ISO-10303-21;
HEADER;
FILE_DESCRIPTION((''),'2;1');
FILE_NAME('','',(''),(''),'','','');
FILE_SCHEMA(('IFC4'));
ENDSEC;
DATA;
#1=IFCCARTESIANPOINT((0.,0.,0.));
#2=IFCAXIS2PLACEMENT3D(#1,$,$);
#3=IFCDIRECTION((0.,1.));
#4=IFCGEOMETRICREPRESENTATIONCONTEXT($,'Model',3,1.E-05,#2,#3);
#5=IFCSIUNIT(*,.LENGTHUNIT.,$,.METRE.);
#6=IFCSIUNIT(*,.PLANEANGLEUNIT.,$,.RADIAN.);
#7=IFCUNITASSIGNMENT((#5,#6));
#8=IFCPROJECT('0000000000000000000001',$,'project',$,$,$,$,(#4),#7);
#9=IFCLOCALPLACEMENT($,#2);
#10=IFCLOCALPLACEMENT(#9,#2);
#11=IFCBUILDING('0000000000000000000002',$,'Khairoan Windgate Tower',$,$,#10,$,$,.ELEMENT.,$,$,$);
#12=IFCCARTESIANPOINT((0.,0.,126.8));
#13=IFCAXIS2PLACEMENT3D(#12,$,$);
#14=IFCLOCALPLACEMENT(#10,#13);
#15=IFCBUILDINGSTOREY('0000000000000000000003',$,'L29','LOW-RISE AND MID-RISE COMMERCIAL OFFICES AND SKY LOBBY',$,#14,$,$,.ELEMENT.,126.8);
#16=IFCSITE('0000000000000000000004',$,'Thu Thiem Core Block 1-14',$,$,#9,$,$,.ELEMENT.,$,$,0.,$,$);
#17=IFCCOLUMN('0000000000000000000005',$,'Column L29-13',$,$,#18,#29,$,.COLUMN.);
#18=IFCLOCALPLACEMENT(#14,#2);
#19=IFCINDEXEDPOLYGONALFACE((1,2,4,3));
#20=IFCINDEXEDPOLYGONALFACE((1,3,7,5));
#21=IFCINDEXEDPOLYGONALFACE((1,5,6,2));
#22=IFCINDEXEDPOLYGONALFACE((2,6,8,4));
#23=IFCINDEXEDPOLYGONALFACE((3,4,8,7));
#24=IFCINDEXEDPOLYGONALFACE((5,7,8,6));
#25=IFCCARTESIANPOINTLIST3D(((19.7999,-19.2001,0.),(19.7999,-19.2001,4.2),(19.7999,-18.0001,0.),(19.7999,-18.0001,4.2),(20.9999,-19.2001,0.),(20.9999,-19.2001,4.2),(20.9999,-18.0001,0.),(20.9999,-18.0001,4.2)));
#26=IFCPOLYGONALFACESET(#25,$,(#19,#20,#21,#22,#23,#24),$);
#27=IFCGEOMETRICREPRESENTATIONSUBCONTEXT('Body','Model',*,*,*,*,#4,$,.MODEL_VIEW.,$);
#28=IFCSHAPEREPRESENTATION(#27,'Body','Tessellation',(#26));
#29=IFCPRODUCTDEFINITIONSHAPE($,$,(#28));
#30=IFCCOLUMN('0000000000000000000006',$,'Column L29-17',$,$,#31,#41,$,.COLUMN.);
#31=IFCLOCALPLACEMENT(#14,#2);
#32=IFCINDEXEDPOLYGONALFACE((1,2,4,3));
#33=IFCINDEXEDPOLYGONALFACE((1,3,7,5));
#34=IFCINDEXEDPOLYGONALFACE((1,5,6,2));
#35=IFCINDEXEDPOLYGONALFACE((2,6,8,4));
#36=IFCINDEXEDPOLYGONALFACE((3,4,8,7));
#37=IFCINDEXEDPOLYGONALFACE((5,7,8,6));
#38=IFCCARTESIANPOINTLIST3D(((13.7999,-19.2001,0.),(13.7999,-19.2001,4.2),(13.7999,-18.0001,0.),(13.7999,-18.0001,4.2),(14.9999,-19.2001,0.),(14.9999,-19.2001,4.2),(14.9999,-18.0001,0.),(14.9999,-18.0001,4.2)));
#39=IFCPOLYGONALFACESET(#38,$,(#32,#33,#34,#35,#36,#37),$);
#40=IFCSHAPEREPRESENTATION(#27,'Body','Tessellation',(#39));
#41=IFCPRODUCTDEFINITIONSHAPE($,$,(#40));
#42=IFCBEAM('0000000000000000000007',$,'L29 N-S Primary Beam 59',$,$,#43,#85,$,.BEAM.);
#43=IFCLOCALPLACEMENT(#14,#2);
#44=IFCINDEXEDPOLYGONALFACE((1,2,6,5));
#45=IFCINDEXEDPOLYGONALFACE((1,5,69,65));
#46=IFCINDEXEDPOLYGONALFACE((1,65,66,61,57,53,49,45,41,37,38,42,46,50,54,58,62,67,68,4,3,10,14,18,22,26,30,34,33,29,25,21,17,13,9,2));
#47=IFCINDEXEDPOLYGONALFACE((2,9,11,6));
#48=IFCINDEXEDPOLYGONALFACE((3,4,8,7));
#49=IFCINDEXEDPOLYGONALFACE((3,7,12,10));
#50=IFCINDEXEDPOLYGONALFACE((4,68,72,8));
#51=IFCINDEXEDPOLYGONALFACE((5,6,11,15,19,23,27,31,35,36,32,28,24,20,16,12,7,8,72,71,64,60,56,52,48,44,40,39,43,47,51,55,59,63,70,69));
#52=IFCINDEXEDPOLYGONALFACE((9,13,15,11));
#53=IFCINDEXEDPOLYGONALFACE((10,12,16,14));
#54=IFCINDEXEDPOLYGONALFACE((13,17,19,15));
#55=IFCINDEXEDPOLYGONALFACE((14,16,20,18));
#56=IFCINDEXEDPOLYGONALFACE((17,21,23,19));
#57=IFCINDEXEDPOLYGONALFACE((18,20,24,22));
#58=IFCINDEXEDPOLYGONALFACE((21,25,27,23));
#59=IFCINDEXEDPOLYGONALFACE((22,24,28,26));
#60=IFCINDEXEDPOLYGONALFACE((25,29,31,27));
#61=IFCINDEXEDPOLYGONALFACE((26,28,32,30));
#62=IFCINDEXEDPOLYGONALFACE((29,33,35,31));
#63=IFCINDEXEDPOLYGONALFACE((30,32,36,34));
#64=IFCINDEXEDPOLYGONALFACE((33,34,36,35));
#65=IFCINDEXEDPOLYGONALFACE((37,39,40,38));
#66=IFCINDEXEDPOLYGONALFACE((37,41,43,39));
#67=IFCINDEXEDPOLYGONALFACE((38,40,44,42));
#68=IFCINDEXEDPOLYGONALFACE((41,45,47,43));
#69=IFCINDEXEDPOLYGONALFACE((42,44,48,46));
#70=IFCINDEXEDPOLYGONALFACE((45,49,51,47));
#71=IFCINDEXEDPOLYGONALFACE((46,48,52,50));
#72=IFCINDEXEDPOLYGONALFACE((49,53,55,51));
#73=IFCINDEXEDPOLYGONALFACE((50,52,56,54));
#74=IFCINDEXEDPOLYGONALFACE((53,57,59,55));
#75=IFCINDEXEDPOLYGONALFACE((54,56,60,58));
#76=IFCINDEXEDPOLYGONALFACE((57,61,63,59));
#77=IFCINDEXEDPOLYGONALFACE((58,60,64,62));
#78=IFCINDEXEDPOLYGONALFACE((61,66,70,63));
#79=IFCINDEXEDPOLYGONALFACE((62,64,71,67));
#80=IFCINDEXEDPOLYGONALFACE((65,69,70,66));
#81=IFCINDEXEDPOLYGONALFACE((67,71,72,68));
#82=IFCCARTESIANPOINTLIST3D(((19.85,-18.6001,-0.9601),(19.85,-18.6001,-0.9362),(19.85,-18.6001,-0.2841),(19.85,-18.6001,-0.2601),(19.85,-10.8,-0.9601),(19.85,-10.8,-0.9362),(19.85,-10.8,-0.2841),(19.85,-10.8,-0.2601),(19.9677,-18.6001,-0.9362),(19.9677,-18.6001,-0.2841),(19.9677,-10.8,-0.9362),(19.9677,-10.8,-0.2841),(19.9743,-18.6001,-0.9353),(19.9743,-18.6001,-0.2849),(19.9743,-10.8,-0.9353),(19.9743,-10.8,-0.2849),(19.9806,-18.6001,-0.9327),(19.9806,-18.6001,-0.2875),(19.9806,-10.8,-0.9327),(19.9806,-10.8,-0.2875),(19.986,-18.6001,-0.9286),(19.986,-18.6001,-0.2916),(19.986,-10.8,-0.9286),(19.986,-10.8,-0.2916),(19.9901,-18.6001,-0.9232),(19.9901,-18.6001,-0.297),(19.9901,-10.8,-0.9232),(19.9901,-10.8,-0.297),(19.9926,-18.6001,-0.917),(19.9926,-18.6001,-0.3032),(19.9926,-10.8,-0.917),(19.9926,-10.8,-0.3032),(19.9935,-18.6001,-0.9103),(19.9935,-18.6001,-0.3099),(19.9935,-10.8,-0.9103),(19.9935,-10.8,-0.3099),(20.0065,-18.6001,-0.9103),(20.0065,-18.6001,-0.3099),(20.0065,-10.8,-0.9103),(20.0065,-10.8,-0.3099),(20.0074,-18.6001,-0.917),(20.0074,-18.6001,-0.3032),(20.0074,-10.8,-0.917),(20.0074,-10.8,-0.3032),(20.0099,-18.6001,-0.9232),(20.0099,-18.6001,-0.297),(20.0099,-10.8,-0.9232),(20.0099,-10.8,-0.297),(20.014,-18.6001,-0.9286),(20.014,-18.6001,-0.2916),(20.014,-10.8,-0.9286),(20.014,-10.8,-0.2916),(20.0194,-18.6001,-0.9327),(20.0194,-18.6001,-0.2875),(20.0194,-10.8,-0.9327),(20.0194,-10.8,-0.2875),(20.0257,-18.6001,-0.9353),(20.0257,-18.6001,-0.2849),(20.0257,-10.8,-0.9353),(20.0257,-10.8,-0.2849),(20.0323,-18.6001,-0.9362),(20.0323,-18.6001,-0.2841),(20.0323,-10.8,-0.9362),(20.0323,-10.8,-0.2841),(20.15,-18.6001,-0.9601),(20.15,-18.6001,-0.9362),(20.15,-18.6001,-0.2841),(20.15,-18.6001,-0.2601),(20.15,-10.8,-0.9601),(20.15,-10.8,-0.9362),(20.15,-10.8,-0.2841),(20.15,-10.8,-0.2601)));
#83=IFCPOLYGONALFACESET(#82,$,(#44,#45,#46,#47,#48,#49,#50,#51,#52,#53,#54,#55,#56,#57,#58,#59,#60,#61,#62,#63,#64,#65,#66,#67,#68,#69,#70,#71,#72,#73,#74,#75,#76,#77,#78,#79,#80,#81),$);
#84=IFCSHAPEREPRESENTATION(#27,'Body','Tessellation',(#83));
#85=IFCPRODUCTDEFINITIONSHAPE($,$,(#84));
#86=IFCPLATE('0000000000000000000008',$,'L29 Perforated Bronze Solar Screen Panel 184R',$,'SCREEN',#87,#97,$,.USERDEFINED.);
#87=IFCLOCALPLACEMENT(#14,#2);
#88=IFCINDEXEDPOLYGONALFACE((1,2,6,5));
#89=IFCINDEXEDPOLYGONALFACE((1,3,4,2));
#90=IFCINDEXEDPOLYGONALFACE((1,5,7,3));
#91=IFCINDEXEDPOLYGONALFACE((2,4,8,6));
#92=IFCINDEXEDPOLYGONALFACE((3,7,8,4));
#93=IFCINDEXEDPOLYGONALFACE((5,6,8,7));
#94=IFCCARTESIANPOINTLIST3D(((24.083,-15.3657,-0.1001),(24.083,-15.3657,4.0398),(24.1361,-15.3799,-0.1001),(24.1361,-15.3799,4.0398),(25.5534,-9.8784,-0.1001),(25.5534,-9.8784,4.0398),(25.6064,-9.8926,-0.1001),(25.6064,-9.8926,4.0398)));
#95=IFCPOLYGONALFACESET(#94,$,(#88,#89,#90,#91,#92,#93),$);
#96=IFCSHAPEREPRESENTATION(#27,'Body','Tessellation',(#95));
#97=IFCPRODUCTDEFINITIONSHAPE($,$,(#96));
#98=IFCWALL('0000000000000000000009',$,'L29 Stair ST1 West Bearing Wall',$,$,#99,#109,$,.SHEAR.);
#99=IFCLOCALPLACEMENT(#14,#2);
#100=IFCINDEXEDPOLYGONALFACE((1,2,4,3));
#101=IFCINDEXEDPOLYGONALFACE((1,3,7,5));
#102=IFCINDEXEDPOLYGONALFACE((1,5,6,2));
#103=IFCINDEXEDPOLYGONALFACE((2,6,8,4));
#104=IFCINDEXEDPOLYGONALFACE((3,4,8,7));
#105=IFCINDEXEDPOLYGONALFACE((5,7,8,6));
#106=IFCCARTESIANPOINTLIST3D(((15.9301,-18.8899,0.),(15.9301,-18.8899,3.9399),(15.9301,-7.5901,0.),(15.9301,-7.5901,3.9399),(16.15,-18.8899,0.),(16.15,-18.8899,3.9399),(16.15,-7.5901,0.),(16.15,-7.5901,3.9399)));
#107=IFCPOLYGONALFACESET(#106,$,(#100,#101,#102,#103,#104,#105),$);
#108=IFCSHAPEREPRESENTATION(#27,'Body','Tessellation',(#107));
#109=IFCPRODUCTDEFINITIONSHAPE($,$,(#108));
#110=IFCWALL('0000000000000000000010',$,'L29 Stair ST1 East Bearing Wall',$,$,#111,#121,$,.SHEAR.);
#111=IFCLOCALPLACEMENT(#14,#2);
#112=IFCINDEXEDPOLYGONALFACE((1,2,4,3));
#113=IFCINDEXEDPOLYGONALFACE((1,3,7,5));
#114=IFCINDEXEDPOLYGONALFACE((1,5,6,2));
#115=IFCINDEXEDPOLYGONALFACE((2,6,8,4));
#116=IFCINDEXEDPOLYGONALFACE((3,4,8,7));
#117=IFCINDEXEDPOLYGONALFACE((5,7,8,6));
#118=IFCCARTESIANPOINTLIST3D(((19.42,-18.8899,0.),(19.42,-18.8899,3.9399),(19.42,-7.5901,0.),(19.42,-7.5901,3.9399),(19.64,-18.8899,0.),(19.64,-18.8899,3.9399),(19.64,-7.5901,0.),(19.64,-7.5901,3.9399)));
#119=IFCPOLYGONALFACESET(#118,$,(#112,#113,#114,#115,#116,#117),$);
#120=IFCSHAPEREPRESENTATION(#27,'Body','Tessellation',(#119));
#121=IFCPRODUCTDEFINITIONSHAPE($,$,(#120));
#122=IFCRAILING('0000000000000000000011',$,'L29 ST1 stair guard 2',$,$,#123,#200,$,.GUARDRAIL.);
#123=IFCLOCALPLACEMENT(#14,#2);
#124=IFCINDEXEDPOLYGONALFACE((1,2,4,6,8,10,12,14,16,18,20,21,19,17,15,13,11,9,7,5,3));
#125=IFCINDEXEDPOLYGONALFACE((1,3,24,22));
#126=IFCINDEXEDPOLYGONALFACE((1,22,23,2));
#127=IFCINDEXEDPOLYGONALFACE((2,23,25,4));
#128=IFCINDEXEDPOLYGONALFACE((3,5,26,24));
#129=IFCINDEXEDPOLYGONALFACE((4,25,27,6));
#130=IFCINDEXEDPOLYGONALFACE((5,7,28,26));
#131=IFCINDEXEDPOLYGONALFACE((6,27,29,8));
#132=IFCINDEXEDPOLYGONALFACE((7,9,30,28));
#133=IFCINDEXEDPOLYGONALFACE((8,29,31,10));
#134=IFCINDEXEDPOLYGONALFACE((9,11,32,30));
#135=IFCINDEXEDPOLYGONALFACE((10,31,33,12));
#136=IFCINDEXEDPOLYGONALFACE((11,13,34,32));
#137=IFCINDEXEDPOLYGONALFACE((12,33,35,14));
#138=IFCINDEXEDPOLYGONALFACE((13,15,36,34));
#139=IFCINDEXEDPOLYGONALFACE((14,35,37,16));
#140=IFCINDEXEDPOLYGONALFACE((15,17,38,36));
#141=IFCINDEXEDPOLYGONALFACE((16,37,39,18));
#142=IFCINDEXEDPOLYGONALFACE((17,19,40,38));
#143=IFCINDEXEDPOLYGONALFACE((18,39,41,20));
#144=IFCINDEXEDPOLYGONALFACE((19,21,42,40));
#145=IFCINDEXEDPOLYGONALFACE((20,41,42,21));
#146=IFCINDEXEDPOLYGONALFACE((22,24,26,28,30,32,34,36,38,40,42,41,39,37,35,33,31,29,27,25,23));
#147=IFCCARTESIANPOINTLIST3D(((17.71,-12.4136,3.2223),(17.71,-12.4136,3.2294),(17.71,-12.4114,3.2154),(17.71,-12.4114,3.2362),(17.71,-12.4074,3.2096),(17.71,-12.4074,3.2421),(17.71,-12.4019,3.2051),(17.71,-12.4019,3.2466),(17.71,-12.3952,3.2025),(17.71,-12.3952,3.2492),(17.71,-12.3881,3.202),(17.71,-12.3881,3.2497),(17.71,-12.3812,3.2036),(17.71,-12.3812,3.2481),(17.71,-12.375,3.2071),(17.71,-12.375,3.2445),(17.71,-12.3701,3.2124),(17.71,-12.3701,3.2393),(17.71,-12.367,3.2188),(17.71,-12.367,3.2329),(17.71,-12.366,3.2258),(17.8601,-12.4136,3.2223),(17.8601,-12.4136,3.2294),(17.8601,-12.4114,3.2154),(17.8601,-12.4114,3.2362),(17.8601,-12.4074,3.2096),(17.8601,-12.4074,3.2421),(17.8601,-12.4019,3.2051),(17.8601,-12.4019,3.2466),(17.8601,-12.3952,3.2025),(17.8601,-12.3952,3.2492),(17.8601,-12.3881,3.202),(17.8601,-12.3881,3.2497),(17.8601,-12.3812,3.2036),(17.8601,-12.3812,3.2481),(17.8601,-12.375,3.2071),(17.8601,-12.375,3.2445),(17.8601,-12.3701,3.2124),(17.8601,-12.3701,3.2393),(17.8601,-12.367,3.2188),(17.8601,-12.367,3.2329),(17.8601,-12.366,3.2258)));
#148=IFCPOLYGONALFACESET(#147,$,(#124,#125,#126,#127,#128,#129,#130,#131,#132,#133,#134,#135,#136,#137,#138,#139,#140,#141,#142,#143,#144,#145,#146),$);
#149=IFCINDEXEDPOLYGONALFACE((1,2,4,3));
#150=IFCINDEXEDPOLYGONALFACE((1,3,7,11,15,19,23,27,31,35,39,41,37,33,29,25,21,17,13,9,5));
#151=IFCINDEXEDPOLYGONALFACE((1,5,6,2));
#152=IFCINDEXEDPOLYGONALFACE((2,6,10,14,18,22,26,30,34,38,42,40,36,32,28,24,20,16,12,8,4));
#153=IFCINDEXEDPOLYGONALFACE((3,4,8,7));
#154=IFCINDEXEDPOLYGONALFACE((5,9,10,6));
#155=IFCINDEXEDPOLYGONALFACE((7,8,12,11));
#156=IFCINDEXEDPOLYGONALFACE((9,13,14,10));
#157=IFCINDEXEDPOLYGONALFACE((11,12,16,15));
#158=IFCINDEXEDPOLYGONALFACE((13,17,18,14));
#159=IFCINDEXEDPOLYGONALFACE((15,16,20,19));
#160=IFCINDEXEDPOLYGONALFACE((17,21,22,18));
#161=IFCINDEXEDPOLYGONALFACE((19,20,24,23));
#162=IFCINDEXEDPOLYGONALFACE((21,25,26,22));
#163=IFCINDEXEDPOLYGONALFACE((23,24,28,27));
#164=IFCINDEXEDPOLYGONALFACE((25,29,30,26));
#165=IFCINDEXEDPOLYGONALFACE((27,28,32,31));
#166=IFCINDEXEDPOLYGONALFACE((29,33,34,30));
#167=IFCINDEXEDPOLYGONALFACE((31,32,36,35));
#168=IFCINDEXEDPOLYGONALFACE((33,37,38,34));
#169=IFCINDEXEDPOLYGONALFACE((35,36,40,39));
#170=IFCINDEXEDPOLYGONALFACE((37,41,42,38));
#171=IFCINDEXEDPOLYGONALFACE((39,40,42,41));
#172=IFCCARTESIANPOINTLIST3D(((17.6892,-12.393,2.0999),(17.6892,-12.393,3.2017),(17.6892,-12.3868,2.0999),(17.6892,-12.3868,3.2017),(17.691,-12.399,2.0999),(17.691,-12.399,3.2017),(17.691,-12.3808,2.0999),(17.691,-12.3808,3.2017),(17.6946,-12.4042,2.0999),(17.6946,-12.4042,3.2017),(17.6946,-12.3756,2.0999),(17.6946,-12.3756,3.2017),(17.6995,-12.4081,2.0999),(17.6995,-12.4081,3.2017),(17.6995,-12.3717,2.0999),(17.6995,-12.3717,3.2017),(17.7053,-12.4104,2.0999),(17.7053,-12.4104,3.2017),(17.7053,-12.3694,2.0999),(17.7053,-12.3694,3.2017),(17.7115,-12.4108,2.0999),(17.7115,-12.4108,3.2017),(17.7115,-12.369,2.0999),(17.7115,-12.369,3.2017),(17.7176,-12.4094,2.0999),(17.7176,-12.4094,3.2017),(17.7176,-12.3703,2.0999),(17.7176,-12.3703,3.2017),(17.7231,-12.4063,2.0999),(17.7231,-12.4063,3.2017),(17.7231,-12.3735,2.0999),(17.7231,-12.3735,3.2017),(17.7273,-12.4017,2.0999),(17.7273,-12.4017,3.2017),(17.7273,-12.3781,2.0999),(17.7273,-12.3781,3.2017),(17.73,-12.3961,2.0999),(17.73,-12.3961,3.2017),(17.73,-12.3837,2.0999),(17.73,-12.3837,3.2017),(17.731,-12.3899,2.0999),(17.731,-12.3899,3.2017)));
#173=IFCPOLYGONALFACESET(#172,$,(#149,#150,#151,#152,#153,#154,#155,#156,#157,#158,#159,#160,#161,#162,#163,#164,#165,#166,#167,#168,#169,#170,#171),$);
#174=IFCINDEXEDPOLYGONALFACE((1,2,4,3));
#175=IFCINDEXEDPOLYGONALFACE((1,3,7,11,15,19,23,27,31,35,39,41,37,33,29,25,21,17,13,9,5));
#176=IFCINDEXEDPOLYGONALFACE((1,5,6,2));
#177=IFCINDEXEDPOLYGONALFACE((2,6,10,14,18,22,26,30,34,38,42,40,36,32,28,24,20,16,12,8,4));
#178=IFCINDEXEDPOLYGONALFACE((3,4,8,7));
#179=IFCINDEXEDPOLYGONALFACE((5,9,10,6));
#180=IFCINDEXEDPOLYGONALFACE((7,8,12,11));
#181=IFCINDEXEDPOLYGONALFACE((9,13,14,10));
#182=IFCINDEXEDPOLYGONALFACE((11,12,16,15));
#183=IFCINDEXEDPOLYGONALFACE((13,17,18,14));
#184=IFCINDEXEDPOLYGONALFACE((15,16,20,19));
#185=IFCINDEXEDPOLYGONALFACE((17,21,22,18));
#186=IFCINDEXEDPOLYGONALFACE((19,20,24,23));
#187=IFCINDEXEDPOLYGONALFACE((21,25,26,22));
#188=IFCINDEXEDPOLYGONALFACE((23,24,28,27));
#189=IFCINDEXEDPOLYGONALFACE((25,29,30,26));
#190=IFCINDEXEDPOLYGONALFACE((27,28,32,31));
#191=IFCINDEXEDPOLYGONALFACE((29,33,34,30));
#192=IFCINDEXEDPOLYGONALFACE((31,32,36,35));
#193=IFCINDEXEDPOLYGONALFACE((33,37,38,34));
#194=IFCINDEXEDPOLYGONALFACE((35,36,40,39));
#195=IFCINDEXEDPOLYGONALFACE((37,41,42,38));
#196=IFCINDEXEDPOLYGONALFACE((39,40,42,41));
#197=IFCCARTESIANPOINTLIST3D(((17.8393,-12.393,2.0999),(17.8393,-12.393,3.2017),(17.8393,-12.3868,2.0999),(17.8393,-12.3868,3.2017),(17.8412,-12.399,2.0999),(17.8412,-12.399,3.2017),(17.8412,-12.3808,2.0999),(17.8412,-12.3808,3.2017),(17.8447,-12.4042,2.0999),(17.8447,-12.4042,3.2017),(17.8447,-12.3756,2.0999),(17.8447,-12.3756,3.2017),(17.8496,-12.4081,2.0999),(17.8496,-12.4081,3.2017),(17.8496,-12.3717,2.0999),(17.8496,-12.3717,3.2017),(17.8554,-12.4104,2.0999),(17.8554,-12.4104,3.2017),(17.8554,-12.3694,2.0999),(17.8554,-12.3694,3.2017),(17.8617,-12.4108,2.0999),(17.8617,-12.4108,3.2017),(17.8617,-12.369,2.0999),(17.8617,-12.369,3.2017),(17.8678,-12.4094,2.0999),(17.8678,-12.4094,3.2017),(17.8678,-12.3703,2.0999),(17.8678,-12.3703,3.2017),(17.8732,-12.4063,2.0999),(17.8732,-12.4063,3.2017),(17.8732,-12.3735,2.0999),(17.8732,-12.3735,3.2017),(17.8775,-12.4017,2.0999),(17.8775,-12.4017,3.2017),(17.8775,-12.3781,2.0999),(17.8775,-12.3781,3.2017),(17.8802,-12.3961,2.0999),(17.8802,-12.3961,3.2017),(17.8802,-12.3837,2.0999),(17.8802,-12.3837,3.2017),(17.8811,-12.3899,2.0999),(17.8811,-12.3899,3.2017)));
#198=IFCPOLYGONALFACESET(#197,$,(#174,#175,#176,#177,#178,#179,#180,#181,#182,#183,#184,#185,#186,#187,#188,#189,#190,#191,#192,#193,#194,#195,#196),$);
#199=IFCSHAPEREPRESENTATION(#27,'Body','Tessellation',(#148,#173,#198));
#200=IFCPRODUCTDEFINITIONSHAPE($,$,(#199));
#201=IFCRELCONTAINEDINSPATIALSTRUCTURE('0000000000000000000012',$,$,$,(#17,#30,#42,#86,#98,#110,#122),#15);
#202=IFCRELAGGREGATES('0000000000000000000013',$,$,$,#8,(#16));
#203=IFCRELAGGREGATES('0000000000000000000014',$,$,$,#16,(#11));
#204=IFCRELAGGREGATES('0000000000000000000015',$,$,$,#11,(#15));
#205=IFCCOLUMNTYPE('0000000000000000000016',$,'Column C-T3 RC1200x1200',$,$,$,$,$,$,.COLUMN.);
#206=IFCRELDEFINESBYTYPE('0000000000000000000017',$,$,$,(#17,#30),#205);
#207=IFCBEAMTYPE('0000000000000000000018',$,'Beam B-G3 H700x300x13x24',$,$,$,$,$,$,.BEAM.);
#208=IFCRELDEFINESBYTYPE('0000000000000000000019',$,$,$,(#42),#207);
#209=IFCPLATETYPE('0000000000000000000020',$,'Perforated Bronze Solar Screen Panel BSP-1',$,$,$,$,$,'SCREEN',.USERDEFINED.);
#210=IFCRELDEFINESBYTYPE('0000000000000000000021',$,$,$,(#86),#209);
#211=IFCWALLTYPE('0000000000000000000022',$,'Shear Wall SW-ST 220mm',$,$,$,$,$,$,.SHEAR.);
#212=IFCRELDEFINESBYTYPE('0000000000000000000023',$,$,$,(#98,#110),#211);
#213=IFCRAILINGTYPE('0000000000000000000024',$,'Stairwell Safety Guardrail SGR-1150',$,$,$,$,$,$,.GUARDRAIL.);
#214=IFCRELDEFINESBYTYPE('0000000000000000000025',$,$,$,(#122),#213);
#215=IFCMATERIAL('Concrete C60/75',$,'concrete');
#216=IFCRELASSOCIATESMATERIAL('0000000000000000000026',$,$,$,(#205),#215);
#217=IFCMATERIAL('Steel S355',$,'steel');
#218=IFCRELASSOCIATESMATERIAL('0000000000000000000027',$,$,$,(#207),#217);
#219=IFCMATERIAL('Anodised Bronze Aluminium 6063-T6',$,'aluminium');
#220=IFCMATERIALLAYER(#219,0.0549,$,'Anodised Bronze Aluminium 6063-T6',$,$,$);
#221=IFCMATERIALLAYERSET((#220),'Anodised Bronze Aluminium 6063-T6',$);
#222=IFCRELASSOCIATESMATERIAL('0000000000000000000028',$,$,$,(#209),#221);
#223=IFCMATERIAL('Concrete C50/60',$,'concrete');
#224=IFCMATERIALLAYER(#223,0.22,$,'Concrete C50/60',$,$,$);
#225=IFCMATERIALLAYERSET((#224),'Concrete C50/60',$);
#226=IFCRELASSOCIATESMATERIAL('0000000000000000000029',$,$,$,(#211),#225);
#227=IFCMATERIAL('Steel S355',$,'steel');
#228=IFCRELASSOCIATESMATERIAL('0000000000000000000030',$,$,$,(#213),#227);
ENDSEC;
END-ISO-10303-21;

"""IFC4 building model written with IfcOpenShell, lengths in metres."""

from ifc_helpers import new_model, si_unit, direction, frame, frame_2d, origin, origin_2d, place, context, subcontext, project, spatial, rectangle, circle, i_section, extrude, material, layer, layer_set, material_profile, profile_set, type_object, element, save


model = new_model("IFC4")

# Units and contexts
model_context = context("Model", 3, precision=1e-05, world=origin(), true_north=direction((0.0, 1.0)))
body_context = subcontext(model_context, "Body", "Model", "MODEL_VIEW")
ifc_project = project(units=[si_unit("LENGTHUNIT", "METRE"), si_unit("PLANEANGLEUNIT", "RADIAN")], contexts=[model_context])

# Site, building, storey
site_placement = place(None, origin())
site = spatial("IfcSite", under=ifc_project, at=site_placement, Name="Thu Thiem Core Block 1-14", CompositionType="ELEMENT", RefElevation=0.0)
building_placement = place(site_placement, origin())
building = spatial("IfcBuilding", under=site, at=building_placement, Name="Khairoan Windgate Tower", CompositionType="ELEMENT")
storey_placement = place(building_placement, frame((0.0, 0.0, 126.8)))
storey = spatial("IfcBuildingStorey", under=building, at=storey_placement, Name="L29", Description="LOW-RISE AND MID-RISE COMMERCIAL OFFICES AND SKY LOBBY", CompositionType="ELEMENT", Elevation=126.8)

# Columns
ifc_material_1 = material(Name="Concrete C60/75", Category="concrete")
ifc_material_profile_1 = material_profile(ifc_material_1, rectangle(XDim=1.2, YDim=1.2, at=origin_2d()))
ifc_profile_set_1 = profile_set([ifc_material_profile_1], Name="Concrete C60/75")
column_type = type_object("IfcColumnType", Name="Column C-T3 RC1200x1200", PredefinedType="COLUMN", material=ifc_profile_set_1)
for number, where, z_axis, x_axis, name in (
    (1, (20.3999, -18.6001, 0.0), (0.0, 0.0, 1.0), (1.0, 0.0, 0.0), "Column L29-13"),
    (2, (14.3999, -18.6001, 0.0), (0.0, 0.0, 1.0), (1.0, 0.0, 0.0), "Column L29-17"),
):
    element("IfcColumn", number, at=place(storey_placement, frame(where, z_axis=z_axis, x_axis=x_axis)), inside=storey, type_object=column_type, Name=name, PredefinedType="COLUMN", context=body_context, shape_type="SweptSolid", body=[
        extrude(rectangle(XDim=1.2, YDim=1.2, at=origin_2d()), origin(), (0.0, 0.0, 1.0), 4.2),
    ])

# Beam
ifc_material_2 = material(Name="Steel S355", Category="steel")
ifc_material_profile_2 = material_profile(ifc_material_2, i_section(OverallWidth=0.3, OverallDepth=0.7, WebThickness=0.0129, FlangeThickness=0.0239, FilletRadius=0.0259, at=origin_2d()))
ifc_profile_set_2 = profile_set([ifc_material_profile_2], Name="Steel S355")
beam_type = type_object("IfcBeamType", Name="Beam B-G3 H700x300x13x24", PredefinedType="BEAM", material=ifc_profile_set_2)
beam_placement = place(storey_placement, frame((20.0, -18.6001, -0.6101), z_axis=(0.0, 1.0, 0.0), x_axis=(-1.0, 0.0, 0.0)))
element("IfcBeam", 3, at=beam_placement, inside=storey, type_object=beam_type, Name="L29 N-S Primary Beam 59", PredefinedType="BEAM", context=body_context, shape_type="SweptSolid", body=[
    extrude(i_section(OverallWidth=0.3, OverallDepth=0.7, WebThickness=0.0129, FlangeThickness=0.0239, FilletRadius=0.0259, at=origin_2d()), origin(), (0.0, 0.0, 1.0), 7.8),
])

# Plate
ifc_material_3 = material(Name="Anodised Bronze Aluminium 6063-T6", Category="aluminium")
ifc_layer_1 = layer(ifc_material_3, 0.0549, Name="Anodised Bronze Aluminium 6063-T6")
ifc_layer_set_1 = layer_set([ifc_layer_1], Name="Anodised Bronze Aluminium 6063-T6")
plate_type = type_object("IfcPlateType", Name="Perforated Bronze Solar Screen Panel BSP-1", ElementType="SCREEN", PredefinedType="USERDEFINED", material=ifc_layer_set_1)
plate_placement = place(storey_placement, frame((24.8447, -12.6292, -0.1001), z_axis=(0.0, 0.0, 1.0), x_axis=(-0.258819, -0.965926, 0.0)))
element("IfcPlate", 4, at=plate_placement, inside=storey, type_object=plate_type, Name="L29 Perforated Bronze Solar Screen Panel 184R", ObjectType="SCREEN", PredefinedType="USERDEFINED", context=body_context, shape_type="SweptSolid", body=[
    extrude(rectangle(XDim=5.6809, YDim=0.0549, at=origin_2d()), origin(), (0.0, 0.0, 1.0), 4.1399),
])

# Walls
ifc_material_4 = material(Name="Concrete C50/60", Category="concrete")
ifc_layer_2 = layer(ifc_material_4, 0.22, Name="Concrete C50/60")
ifc_layer_set_2 = layer_set([ifc_layer_2], Name="Concrete C50/60")
wall_type = type_object("IfcWallType", Name="Shear Wall SW-ST 220mm", PredefinedType="SHEAR", material=ifc_layer_set_2)
for number, where, z_axis, x_axis, name in (
    (5, (16.04, -18.8899, 0.0), (0.0, 0.0, 1.0), (0.0, 1.0, 0.0), "L29 Stair ST1 West Bearing Wall"),
    (6, (19.53, -18.8899, 0.0), (0.0, 0.0, 1.0), (0.0, 1.0, 0.0), "L29 Stair ST1 East Bearing Wall"),
):
    element("IfcWall", number, at=place(storey_placement, frame(where, z_axis=z_axis, x_axis=x_axis)), inside=storey, type_object=wall_type, Name=name, PredefinedType="SHEAR", context=body_context, shape_type="SweptSolid", body=[
        extrude(rectangle(XDim=11.2998, YDim=0.22, at=frame_2d((5.6499, 0.0))), origin(), (0.0, 0.0, 1.0), 3.9399),
    ])

# Railing
ifc_material_5 = material(Name="Steel S355", Category="steel")
railing_type = type_object("IfcRailingType", Name="Stairwell Safety Guardrail SGR-1150", PredefinedType="GUARDRAIL", material=ifc_material_5)
railing_1_placement = place(storey_placement, frame((17.71, -12.3899, 2.0999)))
element("IfcRailing", 7, at=railing_1_placement, inside=storey, type_object=railing_type, Name="L29 ST1 stair guard 2", PredefinedType="GUARDRAIL", context=body_context, shape_type="SweptSolid", body=[
    extrude(circle(Radius=0.0239, at=origin_2d()), frame((0.0, 0.0, 1.126), z_axis=(1.0, 0.0, 0.0), x_axis=(0.0, 1.0, 0.0)), (0.0, 0.0, 1.0), 0.1501),
    extrude(circle(Radius=0.021, at=origin_2d()), origin(), (0.0, 0.0, 1.0), 1.1018),
    extrude(circle(Radius=0.021, at=origin_2d()), frame((0.1501, 0.0, 0.0)), (0.0, 0.0, 1.0), 1.1018),
])

save(model, "model.ifc")
